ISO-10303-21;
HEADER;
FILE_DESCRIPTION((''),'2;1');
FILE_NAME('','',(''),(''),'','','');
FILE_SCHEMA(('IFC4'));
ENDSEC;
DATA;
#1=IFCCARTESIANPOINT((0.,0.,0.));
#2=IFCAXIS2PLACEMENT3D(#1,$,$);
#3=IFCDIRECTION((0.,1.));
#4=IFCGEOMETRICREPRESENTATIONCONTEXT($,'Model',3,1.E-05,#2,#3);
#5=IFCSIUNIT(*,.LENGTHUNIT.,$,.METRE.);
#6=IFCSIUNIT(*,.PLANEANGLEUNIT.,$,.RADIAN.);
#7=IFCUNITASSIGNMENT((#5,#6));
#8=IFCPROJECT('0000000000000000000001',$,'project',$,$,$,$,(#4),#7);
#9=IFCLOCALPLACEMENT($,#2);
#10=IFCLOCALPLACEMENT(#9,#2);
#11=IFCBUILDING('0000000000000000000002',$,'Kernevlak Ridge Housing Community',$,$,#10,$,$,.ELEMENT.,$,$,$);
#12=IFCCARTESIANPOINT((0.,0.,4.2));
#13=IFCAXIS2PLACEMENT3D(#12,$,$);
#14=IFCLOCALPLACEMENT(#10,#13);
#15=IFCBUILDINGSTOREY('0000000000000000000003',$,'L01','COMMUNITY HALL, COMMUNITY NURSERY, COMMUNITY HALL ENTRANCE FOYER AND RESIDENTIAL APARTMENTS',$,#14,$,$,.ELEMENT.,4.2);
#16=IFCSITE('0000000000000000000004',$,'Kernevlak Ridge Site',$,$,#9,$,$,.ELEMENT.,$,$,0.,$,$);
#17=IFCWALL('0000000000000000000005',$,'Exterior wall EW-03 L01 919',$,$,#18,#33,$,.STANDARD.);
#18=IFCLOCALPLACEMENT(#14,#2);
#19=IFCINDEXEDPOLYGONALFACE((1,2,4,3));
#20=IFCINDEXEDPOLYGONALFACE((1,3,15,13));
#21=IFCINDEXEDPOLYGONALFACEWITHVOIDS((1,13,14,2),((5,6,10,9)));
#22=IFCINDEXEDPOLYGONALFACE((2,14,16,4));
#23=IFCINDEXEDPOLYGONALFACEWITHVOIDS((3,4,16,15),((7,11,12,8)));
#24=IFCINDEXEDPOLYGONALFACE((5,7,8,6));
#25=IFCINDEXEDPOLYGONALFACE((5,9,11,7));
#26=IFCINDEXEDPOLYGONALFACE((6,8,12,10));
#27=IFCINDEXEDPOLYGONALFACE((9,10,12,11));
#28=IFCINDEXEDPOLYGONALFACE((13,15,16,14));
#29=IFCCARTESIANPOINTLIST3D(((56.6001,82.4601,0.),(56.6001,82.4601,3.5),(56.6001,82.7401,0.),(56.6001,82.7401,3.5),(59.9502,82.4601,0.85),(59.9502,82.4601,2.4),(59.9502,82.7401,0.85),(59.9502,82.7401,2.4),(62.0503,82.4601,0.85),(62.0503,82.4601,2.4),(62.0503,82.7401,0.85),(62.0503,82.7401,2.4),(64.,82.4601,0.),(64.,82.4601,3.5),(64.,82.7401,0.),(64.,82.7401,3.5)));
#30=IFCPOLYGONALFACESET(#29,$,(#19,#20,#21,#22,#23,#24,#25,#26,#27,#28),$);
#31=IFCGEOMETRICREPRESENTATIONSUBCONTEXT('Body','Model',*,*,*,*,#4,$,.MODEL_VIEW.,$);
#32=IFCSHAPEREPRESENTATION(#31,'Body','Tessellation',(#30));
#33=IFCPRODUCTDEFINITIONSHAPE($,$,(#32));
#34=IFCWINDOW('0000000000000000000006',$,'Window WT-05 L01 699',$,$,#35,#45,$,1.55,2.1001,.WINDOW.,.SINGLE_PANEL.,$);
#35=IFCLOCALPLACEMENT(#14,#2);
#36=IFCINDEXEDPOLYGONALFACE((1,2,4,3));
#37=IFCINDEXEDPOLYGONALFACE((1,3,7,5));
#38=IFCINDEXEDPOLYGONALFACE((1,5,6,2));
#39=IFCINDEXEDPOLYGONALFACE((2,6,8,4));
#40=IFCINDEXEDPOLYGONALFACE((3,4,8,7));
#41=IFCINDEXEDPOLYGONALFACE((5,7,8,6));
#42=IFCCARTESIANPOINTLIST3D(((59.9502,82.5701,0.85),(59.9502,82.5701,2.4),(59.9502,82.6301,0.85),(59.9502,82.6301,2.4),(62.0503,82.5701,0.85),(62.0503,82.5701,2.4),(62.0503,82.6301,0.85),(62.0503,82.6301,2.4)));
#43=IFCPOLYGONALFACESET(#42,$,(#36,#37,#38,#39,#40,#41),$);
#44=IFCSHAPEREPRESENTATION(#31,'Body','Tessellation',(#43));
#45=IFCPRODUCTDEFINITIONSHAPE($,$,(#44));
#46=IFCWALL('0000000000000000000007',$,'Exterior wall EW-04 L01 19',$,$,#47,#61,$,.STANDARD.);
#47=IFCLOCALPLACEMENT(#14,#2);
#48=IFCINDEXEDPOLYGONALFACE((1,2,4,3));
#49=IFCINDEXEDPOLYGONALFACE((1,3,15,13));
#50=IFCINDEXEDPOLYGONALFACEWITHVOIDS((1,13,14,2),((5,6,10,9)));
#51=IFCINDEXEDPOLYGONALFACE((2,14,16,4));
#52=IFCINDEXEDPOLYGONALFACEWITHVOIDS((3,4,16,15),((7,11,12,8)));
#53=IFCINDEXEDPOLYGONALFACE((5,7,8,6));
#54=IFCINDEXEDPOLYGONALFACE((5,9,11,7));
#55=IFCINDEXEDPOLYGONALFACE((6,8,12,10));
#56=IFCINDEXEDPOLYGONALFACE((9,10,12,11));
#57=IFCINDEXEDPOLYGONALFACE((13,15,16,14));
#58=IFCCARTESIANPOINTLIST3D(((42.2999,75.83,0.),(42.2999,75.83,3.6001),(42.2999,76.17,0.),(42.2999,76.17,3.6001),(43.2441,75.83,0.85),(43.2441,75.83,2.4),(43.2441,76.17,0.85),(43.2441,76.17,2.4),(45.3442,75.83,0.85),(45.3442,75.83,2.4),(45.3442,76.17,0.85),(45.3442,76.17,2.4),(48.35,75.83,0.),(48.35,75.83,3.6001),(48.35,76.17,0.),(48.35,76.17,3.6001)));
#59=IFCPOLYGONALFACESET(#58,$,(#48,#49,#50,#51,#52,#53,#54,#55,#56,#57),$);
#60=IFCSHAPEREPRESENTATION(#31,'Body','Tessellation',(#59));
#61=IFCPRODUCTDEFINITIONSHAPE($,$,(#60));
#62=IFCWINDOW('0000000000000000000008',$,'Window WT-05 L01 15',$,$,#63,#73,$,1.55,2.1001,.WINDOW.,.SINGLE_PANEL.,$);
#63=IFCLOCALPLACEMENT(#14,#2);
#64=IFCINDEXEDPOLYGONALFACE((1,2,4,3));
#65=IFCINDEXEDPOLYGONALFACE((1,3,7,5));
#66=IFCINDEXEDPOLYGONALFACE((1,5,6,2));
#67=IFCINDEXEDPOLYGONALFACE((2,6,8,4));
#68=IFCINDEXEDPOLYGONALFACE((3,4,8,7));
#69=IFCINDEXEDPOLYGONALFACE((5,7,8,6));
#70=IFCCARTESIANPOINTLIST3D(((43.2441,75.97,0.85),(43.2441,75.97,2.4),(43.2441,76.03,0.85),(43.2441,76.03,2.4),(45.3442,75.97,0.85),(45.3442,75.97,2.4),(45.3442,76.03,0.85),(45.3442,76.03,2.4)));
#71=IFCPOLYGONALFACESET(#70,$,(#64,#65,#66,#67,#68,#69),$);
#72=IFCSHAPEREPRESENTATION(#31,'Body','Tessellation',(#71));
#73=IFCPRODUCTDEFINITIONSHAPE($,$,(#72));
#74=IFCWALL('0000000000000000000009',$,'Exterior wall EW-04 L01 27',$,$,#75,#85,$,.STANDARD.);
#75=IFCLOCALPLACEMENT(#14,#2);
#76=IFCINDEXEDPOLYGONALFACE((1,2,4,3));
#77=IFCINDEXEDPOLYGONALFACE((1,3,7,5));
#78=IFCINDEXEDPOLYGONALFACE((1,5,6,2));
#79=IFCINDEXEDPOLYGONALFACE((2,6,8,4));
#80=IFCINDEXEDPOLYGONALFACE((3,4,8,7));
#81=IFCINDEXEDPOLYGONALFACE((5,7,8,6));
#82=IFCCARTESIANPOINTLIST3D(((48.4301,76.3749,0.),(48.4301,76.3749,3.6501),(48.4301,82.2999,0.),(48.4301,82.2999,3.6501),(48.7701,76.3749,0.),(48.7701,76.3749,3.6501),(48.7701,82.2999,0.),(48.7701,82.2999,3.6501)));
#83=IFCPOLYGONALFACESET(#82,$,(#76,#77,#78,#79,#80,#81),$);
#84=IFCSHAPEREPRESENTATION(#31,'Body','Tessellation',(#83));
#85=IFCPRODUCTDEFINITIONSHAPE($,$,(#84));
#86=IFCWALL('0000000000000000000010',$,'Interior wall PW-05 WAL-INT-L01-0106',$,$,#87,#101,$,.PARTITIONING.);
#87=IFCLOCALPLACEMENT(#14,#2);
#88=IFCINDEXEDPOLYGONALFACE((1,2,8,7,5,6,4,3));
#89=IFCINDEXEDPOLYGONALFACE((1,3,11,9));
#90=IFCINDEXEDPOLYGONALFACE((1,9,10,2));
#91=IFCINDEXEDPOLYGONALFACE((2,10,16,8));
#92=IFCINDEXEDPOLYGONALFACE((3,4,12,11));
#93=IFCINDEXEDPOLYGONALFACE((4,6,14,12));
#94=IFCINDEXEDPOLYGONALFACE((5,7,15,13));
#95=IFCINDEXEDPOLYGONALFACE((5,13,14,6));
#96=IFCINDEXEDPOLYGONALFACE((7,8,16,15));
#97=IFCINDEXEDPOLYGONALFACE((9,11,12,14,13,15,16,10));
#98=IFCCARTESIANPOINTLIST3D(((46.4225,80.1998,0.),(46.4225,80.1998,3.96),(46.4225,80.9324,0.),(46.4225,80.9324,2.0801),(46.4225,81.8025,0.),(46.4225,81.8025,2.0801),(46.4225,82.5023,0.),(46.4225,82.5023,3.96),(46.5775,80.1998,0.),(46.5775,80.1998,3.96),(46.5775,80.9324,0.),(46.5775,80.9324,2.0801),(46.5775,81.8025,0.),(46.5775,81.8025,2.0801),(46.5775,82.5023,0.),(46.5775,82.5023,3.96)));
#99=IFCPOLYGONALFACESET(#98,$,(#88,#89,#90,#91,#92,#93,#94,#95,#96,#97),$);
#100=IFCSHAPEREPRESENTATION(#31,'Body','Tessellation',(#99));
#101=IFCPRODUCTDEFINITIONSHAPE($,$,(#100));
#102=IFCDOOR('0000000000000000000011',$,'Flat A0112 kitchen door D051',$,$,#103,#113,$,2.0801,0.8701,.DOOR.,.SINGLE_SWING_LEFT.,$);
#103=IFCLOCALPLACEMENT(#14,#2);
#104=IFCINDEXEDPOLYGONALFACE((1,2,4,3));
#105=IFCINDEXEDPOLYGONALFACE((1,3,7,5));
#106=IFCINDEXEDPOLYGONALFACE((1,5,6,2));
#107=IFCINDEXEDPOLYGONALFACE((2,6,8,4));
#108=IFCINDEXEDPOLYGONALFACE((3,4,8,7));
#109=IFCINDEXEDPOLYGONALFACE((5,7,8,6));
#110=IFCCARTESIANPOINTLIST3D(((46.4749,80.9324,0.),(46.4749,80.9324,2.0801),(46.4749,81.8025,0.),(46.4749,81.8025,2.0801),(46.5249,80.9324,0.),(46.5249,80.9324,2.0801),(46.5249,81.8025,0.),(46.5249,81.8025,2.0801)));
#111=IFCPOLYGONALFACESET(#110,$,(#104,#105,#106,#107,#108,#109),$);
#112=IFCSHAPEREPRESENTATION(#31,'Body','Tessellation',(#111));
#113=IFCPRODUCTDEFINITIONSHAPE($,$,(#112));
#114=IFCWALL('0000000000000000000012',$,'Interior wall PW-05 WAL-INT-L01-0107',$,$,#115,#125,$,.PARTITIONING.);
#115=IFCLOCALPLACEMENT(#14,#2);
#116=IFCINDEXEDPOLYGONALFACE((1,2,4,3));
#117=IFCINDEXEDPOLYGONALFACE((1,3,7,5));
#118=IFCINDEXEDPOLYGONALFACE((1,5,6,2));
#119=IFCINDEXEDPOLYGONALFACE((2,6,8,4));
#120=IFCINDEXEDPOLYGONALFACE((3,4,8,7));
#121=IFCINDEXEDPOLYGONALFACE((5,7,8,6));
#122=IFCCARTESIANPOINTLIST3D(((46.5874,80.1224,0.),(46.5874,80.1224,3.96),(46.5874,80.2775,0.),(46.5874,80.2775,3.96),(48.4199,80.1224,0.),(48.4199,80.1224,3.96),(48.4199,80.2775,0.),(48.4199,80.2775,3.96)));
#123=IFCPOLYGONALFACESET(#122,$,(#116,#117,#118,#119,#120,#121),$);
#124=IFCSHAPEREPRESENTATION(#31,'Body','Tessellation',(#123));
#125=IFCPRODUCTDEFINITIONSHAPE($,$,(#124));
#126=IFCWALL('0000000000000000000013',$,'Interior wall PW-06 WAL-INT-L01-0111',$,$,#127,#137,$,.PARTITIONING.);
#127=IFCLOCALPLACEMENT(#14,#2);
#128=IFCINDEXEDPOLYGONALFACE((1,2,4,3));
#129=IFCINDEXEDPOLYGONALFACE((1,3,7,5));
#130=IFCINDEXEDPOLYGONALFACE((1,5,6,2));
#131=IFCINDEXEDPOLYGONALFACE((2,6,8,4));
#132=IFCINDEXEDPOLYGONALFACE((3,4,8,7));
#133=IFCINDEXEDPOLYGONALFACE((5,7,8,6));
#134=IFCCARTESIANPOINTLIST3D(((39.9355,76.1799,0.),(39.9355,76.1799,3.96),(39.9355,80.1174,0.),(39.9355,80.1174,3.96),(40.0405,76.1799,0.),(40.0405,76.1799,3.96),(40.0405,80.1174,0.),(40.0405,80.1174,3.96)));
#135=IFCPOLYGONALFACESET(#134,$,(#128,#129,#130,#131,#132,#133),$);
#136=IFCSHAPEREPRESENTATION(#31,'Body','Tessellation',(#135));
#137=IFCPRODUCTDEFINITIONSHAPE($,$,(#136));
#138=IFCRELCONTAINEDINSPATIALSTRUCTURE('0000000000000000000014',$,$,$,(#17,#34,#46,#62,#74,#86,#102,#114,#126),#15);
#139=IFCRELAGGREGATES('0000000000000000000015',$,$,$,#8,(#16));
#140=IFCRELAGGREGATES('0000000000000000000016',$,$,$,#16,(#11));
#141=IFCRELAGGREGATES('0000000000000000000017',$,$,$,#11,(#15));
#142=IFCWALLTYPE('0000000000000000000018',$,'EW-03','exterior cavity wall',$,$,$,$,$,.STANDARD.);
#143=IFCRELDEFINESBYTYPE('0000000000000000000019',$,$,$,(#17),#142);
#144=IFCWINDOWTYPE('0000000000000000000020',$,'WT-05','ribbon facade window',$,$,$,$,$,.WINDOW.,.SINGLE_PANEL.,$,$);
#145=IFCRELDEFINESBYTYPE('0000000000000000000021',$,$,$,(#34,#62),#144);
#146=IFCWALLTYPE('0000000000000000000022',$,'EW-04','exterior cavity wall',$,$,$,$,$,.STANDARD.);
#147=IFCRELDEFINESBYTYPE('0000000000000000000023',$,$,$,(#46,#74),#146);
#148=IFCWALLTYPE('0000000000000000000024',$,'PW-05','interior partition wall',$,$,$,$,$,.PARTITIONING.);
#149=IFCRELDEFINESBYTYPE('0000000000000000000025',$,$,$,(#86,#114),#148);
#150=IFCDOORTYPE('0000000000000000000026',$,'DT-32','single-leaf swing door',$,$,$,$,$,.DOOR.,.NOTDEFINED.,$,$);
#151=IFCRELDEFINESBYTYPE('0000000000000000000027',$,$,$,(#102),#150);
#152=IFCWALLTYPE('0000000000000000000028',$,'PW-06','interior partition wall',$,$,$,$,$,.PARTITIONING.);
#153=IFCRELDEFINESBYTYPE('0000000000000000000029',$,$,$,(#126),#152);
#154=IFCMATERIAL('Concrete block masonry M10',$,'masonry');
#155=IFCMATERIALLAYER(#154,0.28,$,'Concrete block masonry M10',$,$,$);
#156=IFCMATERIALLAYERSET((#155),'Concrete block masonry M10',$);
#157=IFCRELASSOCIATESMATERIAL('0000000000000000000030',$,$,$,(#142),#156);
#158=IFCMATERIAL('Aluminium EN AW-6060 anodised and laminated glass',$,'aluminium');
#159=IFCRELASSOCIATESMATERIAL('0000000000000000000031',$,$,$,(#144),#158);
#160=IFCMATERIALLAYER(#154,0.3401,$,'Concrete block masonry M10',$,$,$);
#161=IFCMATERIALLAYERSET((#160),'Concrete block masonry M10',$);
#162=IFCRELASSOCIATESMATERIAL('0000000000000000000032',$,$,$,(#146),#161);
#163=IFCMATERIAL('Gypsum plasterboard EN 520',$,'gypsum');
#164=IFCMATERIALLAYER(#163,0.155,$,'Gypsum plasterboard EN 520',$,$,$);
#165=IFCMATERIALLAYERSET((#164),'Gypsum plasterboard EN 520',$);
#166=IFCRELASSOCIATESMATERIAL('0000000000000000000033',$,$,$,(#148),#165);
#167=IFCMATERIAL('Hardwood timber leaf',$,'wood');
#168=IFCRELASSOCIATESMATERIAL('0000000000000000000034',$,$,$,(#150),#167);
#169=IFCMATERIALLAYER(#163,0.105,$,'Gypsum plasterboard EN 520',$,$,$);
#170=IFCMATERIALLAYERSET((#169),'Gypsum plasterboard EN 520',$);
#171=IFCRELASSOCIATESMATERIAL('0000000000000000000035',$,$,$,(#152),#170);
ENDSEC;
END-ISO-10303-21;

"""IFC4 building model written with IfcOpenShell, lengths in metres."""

from ifc_helpers import new_model, si_unit, direction, frame, frame_2d, origin, place, context, subcontext, project, spatial, rectangle, extrude, material, layer, layer_set, type_object, element, fill, save


model = new_model("IFC4")

# Units and contexts
model_context = context("Model", 3, precision=1e-05, world=origin(), true_north=direction((0.0, 1.0)))
body_context = subcontext(model_context, "Body", "Model", "MODEL_VIEW")
ifc_project = project(units=[si_unit("LENGTHUNIT", "METRE"), si_unit("PLANEANGLEUNIT", "RADIAN")], contexts=[model_context])

# Site, building, storey
site_placement = place(None, origin())
site = spatial("IfcSite", under=ifc_project, at=site_placement, Name="Kernevlak Ridge Site", CompositionType="ELEMENT", RefElevation=0.0)
building_placement = place(site_placement, origin())
building = spatial("IfcBuilding", under=site, at=building_placement, Name="Kernevlak Ridge Housing Community", CompositionType="ELEMENT")
storey_placement = place(building_placement, frame((0.0, 0.0, 4.2)))
storey = spatial("IfcBuildingStorey", under=building, at=storey_placement, Name="L01", Description="COMMUNITY HALL, COMMUNITY NURSERY, COMMUNITY HALL ENTRANCE FOYER AND RESIDENTIAL APARTMENTS", CompositionType="ELEMENT", Elevation=4.2)

# Walls, openings, windows
ifc_material_1 = material(Name="Concrete block masonry M10", Category="masonry")
ifc_layer_1 = layer(ifc_material_1, 0.28, Name="Concrete block masonry M10")
ifc_layer_set_1 = layer_set([ifc_layer_1], Name="Concrete block masonry M10")
wall_type_1 = type_object("IfcWallType", Name="EW-03", Description="exterior cavity wall", PredefinedType="STANDARD", material=ifc_layer_set_1)
wall_1_placement = place(storey_placement, frame((56.6001, 82.6001, 0.0), z_axis=(0.0, 0.0, 1.0), x_axis=(1.0, 0.0, 0.0)))
wall_1 = element("IfcWall", 1, at=wall_1_placement, inside=storey, type_object=wall_type_1, Name="Exterior wall EW-03 L01 919", PredefinedType="STANDARD", context=body_context, shape_type="SweptSolid", body=[
    extrude(rectangle(XDim=7.3999, YDim=0.28, at=frame_2d((3.7, 0.0))), origin(), (0.0, 0.0, 1.0), 3.5),
])
opening_1_placement = place(wall_1_placement, frame((3.3501, 0.0, 0.8501)))
opening_1 = element("IfcOpeningElement", 2, at=opening_1_placement, cuts=wall_1, PredefinedType="OPENING", context=body_context, shape_type="SweptSolid", body=[
    extrude(rectangle(XDim=2.1001, YDim=1.55, at=frame_2d((1.05, 0.7749))), frame((0.0, 0.1499, 0.0), z_axis=(0.0, -1.0, 0.0), x_axis=(1.0, 0.0, 0.0)), (0.0, 0.0, 1.0), 0.3),
])
ifc_material_2 = material(Name="Aluminium EN AW-6060 anodised and laminated glass", Category="aluminium")
window_type = type_object("IfcWindowType", Name="WT-05", Description="ribbon facade window", PartitioningType="SINGLE_PANEL", PredefinedType="WINDOW", material=ifc_material_2)
window_1_placement = place(opening_1_placement, origin())
window_1 = element("IfcWindow", 3, at=window_1_placement, inside=storey, type_object=window_type, Name="Window WT-05 L01 699", OverallHeight=1.55, OverallWidth=2.1001, PartitioningType="SINGLE_PANEL", PredefinedType="WINDOW", context=body_context, shape_type="SweptSolid", body=[
    extrude(rectangle(XDim=2.1001, YDim=1.55, at=frame_2d((1.05, 0.7749))), frame((0.0, 0.03, 0.0), z_axis=(0.0, -1.0, 0.0), x_axis=(1.0, 0.0, 0.0)), (0.0, 0.0, 1.0), 0.0601),
])
fill(opening_1, window_1)
ifc_layer_2 = layer(ifc_material_1, 0.3401, Name="Concrete block masonry M10")
ifc_layer_set_2 = layer_set([ifc_layer_2], Name="Concrete block masonry M10")
wall_type_2 = type_object("IfcWallType", Name="EW-04", Description="exterior cavity wall", PredefinedType="STANDARD", material=ifc_layer_set_2)
wall_2_placement = place(storey_placement, frame((42.3, 76.0, 0.0), z_axis=(0.0, 0.0, 1.0), x_axis=(1.0, 0.0, 0.0)))
wall_2 = element("IfcWall", 4, at=wall_2_placement, inside=storey, type_object=wall_type_2, Name="Exterior wall EW-04 L01 19", PredefinedType="STANDARD", context=body_context, shape_type="SweptSolid", body=[
    extrude(rectangle(XDim=6.05, YDim=0.3401, at=frame_2d((3.0249, 0.0))), origin(), (0.0, 0.0, 1.0), 3.6001),
])
opening_2_placement = place(wall_2_placement, frame((0.9441, 0.0, 0.8501)))
opening_2 = element("IfcOpeningElement", 5, at=opening_2_placement, cuts=wall_2, PredefinedType="OPENING", context=body_context, shape_type="SweptSolid", body=[
    extrude(rectangle(XDim=2.1001, YDim=1.55, at=frame_2d((1.05, 0.7749))), frame((0.0, 0.1799, 0.0), z_axis=(0.0, -1.0, 0.0), x_axis=(1.0, 0.0, 0.0)), (0.0, 0.0, 1.0), 0.3601),
])
window_2_placement = place(opening_2_placement, origin())
window_2 = element("IfcWindow", 6, at=window_2_placement, inside=storey, type_object=window_type, Name="Window WT-05 L01 15", OverallHeight=1.55, OverallWidth=2.1001, PartitioningType="SINGLE_PANEL", PredefinedType="WINDOW", context=body_context, shape_type="SweptSolid", body=[
    extrude(rectangle(XDim=2.1001, YDim=1.55, at=frame_2d((1.05, 0.7749))), frame((0.0, 0.03, 0.0), z_axis=(0.0, -1.0, 0.0), x_axis=(1.0, 0.0, 0.0)), (0.0, 0.0, 1.0), 0.0601),
])
fill(opening_2, window_2)

# Wall
wall_3_placement = place(storey_placement, frame((48.6001, 76.375, 0.0), z_axis=(0.0, 0.0, 1.0), x_axis=(0.0, 1.0, 0.0)))
element("IfcWall", 7, at=wall_3_placement, inside=storey, type_object=wall_type_2, Name="Exterior wall EW-04 L01 27", PredefinedType="STANDARD", context=body_context, shape_type="SweptSolid", body=[
    extrude(rectangle(XDim=5.925, YDim=0.3401, at=frame_2d((2.9624, 0.0))), origin(), (0.0, 0.0, 1.0), 3.6501),
])

# Wall, opening, door
ifc_material_3 = material(Name="Gypsum plasterboard EN 520", Category="gypsum")
ifc_layer_3 = layer(ifc_material_3, 0.155, Name="Gypsum plasterboard EN 520")
ifc_layer_set_3 = layer_set([ifc_layer_3], Name="Gypsum plasterboard EN 520")
wall_type_3 = type_object("IfcWallType", Name="PW-05", Description="interior partition wall", PredefinedType="PARTITIONING", material=ifc_layer_set_3)
wall_4_placement = place(storey_placement, frame((46.5, 82.5024, 0.0), z_axis=(0.0, 0.0, 1.0), x_axis=(0.0, -1.0, 0.0)))
wall_4 = element("IfcWall", 8, at=wall_4_placement, inside=storey, type_object=wall_type_3, Name="Interior wall PW-05 WAL-INT-L01-0106", PredefinedType="PARTITIONING", context=body_context, shape_type="SweptSolid", body=[
    extrude(rectangle(XDim=2.3025, YDim=0.155, at=frame_2d((1.1514, 0.0))), origin(), (0.0, 0.0, 1.0), 3.96),
])
opening_3_placement = place(wall_4_placement, frame((0.7, 0.0, 0.0)))
opening_3 = element("IfcOpeningElement", 9, at=opening_3_placement, cuts=wall_4, PredefinedType="OPENING", context=body_context, shape_type="SweptSolid", body=[
    extrude(rectangle(XDim=0.8701, YDim=2.0801, at=frame_2d((0.4351, 1.04))), frame((0.0, 0.0874, 0.0), z_axis=(0.0, -1.0, 0.0), x_axis=(1.0, 0.0, 0.0)), (0.0, 0.0, 1.0), 0.175),
])
ifc_material_4 = material(Name="Hardwood timber leaf", Category="wood")
door_type = type_object("IfcDoorType", Name="DT-32", Description="single-leaf swing door", OperationType="NOTDEFINED", PredefinedType="DOOR", material=ifc_material_4)
door_placement = place(opening_3_placement, origin())
door = element("IfcDoor", 10, at=door_placement, inside=storey, type_object=door_type, Name="Flat A0112 kitchen door D051", OperationType="SINGLE_SWING_LEFT", OverallHeight=2.0801, OverallWidth=0.8701, PredefinedType="DOOR", context=body_context, shape_type="SweptSolid", body=[
    extrude(rectangle(XDim=0.8701, YDim=2.0801, at=frame_2d((0.4351, 1.04))), frame((0.0, 0.0249, 0.0), z_axis=(0.0, -1.0, 0.0), x_axis=(1.0, 0.0, 0.0)), (0.0, 0.0, 1.0), 0.05),
])
fill(opening_3, door)

# Walls
wall_5_placement = place(storey_placement, frame((46.5874, 80.2, 0.0), z_axis=(0.0, 0.0, 1.0), x_axis=(1.0, 0.0, 0.0)))
element("IfcWall", 11, at=wall_5_placement, inside=storey, type_object=wall_type_3, Name="Interior wall PW-05 WAL-INT-L01-0107", PredefinedType="PARTITIONING", context=body_context, shape_type="SweptSolid", body=[
    extrude(rectangle(XDim=1.8325, YDim=0.155, at=frame_2d((0.9163, 0.0))), origin(), (0.0, 0.0, 1.0), 3.96),
])
ifc_layer_4 = layer(ifc_material_3, 0.105, Name="Gypsum plasterboard EN 520")
ifc_layer_set_4 = layer_set([ifc_layer_4], Name="Gypsum plasterboard EN 520")
wall_type_4 = type_object("IfcWallType", Name="PW-06", Description="interior partition wall", PredefinedType="PARTITIONING", material=ifc_layer_set_4)
wall_6_placement = place(storey_placement, frame((39.988, 80.1174, 0.0), z_axis=(0.0, 0.0, 1.0), x_axis=(0.0, -1.0, 0.0)))
element("IfcWall", 12, at=wall_6_placement, inside=storey, type_object=wall_type_4, Name="Interior wall PW-06 WAL-INT-L01-0111", PredefinedType="PARTITIONING", context=body_context, shape_type="SweptSolid", body=[
    extrude(rectangle(XDim=3.9375, YDim=0.105, at=frame_2d((1.9688, 0.0))), origin(), (0.0, 0.0, 1.0), 3.96),
])

save(model, "model.ifc")
